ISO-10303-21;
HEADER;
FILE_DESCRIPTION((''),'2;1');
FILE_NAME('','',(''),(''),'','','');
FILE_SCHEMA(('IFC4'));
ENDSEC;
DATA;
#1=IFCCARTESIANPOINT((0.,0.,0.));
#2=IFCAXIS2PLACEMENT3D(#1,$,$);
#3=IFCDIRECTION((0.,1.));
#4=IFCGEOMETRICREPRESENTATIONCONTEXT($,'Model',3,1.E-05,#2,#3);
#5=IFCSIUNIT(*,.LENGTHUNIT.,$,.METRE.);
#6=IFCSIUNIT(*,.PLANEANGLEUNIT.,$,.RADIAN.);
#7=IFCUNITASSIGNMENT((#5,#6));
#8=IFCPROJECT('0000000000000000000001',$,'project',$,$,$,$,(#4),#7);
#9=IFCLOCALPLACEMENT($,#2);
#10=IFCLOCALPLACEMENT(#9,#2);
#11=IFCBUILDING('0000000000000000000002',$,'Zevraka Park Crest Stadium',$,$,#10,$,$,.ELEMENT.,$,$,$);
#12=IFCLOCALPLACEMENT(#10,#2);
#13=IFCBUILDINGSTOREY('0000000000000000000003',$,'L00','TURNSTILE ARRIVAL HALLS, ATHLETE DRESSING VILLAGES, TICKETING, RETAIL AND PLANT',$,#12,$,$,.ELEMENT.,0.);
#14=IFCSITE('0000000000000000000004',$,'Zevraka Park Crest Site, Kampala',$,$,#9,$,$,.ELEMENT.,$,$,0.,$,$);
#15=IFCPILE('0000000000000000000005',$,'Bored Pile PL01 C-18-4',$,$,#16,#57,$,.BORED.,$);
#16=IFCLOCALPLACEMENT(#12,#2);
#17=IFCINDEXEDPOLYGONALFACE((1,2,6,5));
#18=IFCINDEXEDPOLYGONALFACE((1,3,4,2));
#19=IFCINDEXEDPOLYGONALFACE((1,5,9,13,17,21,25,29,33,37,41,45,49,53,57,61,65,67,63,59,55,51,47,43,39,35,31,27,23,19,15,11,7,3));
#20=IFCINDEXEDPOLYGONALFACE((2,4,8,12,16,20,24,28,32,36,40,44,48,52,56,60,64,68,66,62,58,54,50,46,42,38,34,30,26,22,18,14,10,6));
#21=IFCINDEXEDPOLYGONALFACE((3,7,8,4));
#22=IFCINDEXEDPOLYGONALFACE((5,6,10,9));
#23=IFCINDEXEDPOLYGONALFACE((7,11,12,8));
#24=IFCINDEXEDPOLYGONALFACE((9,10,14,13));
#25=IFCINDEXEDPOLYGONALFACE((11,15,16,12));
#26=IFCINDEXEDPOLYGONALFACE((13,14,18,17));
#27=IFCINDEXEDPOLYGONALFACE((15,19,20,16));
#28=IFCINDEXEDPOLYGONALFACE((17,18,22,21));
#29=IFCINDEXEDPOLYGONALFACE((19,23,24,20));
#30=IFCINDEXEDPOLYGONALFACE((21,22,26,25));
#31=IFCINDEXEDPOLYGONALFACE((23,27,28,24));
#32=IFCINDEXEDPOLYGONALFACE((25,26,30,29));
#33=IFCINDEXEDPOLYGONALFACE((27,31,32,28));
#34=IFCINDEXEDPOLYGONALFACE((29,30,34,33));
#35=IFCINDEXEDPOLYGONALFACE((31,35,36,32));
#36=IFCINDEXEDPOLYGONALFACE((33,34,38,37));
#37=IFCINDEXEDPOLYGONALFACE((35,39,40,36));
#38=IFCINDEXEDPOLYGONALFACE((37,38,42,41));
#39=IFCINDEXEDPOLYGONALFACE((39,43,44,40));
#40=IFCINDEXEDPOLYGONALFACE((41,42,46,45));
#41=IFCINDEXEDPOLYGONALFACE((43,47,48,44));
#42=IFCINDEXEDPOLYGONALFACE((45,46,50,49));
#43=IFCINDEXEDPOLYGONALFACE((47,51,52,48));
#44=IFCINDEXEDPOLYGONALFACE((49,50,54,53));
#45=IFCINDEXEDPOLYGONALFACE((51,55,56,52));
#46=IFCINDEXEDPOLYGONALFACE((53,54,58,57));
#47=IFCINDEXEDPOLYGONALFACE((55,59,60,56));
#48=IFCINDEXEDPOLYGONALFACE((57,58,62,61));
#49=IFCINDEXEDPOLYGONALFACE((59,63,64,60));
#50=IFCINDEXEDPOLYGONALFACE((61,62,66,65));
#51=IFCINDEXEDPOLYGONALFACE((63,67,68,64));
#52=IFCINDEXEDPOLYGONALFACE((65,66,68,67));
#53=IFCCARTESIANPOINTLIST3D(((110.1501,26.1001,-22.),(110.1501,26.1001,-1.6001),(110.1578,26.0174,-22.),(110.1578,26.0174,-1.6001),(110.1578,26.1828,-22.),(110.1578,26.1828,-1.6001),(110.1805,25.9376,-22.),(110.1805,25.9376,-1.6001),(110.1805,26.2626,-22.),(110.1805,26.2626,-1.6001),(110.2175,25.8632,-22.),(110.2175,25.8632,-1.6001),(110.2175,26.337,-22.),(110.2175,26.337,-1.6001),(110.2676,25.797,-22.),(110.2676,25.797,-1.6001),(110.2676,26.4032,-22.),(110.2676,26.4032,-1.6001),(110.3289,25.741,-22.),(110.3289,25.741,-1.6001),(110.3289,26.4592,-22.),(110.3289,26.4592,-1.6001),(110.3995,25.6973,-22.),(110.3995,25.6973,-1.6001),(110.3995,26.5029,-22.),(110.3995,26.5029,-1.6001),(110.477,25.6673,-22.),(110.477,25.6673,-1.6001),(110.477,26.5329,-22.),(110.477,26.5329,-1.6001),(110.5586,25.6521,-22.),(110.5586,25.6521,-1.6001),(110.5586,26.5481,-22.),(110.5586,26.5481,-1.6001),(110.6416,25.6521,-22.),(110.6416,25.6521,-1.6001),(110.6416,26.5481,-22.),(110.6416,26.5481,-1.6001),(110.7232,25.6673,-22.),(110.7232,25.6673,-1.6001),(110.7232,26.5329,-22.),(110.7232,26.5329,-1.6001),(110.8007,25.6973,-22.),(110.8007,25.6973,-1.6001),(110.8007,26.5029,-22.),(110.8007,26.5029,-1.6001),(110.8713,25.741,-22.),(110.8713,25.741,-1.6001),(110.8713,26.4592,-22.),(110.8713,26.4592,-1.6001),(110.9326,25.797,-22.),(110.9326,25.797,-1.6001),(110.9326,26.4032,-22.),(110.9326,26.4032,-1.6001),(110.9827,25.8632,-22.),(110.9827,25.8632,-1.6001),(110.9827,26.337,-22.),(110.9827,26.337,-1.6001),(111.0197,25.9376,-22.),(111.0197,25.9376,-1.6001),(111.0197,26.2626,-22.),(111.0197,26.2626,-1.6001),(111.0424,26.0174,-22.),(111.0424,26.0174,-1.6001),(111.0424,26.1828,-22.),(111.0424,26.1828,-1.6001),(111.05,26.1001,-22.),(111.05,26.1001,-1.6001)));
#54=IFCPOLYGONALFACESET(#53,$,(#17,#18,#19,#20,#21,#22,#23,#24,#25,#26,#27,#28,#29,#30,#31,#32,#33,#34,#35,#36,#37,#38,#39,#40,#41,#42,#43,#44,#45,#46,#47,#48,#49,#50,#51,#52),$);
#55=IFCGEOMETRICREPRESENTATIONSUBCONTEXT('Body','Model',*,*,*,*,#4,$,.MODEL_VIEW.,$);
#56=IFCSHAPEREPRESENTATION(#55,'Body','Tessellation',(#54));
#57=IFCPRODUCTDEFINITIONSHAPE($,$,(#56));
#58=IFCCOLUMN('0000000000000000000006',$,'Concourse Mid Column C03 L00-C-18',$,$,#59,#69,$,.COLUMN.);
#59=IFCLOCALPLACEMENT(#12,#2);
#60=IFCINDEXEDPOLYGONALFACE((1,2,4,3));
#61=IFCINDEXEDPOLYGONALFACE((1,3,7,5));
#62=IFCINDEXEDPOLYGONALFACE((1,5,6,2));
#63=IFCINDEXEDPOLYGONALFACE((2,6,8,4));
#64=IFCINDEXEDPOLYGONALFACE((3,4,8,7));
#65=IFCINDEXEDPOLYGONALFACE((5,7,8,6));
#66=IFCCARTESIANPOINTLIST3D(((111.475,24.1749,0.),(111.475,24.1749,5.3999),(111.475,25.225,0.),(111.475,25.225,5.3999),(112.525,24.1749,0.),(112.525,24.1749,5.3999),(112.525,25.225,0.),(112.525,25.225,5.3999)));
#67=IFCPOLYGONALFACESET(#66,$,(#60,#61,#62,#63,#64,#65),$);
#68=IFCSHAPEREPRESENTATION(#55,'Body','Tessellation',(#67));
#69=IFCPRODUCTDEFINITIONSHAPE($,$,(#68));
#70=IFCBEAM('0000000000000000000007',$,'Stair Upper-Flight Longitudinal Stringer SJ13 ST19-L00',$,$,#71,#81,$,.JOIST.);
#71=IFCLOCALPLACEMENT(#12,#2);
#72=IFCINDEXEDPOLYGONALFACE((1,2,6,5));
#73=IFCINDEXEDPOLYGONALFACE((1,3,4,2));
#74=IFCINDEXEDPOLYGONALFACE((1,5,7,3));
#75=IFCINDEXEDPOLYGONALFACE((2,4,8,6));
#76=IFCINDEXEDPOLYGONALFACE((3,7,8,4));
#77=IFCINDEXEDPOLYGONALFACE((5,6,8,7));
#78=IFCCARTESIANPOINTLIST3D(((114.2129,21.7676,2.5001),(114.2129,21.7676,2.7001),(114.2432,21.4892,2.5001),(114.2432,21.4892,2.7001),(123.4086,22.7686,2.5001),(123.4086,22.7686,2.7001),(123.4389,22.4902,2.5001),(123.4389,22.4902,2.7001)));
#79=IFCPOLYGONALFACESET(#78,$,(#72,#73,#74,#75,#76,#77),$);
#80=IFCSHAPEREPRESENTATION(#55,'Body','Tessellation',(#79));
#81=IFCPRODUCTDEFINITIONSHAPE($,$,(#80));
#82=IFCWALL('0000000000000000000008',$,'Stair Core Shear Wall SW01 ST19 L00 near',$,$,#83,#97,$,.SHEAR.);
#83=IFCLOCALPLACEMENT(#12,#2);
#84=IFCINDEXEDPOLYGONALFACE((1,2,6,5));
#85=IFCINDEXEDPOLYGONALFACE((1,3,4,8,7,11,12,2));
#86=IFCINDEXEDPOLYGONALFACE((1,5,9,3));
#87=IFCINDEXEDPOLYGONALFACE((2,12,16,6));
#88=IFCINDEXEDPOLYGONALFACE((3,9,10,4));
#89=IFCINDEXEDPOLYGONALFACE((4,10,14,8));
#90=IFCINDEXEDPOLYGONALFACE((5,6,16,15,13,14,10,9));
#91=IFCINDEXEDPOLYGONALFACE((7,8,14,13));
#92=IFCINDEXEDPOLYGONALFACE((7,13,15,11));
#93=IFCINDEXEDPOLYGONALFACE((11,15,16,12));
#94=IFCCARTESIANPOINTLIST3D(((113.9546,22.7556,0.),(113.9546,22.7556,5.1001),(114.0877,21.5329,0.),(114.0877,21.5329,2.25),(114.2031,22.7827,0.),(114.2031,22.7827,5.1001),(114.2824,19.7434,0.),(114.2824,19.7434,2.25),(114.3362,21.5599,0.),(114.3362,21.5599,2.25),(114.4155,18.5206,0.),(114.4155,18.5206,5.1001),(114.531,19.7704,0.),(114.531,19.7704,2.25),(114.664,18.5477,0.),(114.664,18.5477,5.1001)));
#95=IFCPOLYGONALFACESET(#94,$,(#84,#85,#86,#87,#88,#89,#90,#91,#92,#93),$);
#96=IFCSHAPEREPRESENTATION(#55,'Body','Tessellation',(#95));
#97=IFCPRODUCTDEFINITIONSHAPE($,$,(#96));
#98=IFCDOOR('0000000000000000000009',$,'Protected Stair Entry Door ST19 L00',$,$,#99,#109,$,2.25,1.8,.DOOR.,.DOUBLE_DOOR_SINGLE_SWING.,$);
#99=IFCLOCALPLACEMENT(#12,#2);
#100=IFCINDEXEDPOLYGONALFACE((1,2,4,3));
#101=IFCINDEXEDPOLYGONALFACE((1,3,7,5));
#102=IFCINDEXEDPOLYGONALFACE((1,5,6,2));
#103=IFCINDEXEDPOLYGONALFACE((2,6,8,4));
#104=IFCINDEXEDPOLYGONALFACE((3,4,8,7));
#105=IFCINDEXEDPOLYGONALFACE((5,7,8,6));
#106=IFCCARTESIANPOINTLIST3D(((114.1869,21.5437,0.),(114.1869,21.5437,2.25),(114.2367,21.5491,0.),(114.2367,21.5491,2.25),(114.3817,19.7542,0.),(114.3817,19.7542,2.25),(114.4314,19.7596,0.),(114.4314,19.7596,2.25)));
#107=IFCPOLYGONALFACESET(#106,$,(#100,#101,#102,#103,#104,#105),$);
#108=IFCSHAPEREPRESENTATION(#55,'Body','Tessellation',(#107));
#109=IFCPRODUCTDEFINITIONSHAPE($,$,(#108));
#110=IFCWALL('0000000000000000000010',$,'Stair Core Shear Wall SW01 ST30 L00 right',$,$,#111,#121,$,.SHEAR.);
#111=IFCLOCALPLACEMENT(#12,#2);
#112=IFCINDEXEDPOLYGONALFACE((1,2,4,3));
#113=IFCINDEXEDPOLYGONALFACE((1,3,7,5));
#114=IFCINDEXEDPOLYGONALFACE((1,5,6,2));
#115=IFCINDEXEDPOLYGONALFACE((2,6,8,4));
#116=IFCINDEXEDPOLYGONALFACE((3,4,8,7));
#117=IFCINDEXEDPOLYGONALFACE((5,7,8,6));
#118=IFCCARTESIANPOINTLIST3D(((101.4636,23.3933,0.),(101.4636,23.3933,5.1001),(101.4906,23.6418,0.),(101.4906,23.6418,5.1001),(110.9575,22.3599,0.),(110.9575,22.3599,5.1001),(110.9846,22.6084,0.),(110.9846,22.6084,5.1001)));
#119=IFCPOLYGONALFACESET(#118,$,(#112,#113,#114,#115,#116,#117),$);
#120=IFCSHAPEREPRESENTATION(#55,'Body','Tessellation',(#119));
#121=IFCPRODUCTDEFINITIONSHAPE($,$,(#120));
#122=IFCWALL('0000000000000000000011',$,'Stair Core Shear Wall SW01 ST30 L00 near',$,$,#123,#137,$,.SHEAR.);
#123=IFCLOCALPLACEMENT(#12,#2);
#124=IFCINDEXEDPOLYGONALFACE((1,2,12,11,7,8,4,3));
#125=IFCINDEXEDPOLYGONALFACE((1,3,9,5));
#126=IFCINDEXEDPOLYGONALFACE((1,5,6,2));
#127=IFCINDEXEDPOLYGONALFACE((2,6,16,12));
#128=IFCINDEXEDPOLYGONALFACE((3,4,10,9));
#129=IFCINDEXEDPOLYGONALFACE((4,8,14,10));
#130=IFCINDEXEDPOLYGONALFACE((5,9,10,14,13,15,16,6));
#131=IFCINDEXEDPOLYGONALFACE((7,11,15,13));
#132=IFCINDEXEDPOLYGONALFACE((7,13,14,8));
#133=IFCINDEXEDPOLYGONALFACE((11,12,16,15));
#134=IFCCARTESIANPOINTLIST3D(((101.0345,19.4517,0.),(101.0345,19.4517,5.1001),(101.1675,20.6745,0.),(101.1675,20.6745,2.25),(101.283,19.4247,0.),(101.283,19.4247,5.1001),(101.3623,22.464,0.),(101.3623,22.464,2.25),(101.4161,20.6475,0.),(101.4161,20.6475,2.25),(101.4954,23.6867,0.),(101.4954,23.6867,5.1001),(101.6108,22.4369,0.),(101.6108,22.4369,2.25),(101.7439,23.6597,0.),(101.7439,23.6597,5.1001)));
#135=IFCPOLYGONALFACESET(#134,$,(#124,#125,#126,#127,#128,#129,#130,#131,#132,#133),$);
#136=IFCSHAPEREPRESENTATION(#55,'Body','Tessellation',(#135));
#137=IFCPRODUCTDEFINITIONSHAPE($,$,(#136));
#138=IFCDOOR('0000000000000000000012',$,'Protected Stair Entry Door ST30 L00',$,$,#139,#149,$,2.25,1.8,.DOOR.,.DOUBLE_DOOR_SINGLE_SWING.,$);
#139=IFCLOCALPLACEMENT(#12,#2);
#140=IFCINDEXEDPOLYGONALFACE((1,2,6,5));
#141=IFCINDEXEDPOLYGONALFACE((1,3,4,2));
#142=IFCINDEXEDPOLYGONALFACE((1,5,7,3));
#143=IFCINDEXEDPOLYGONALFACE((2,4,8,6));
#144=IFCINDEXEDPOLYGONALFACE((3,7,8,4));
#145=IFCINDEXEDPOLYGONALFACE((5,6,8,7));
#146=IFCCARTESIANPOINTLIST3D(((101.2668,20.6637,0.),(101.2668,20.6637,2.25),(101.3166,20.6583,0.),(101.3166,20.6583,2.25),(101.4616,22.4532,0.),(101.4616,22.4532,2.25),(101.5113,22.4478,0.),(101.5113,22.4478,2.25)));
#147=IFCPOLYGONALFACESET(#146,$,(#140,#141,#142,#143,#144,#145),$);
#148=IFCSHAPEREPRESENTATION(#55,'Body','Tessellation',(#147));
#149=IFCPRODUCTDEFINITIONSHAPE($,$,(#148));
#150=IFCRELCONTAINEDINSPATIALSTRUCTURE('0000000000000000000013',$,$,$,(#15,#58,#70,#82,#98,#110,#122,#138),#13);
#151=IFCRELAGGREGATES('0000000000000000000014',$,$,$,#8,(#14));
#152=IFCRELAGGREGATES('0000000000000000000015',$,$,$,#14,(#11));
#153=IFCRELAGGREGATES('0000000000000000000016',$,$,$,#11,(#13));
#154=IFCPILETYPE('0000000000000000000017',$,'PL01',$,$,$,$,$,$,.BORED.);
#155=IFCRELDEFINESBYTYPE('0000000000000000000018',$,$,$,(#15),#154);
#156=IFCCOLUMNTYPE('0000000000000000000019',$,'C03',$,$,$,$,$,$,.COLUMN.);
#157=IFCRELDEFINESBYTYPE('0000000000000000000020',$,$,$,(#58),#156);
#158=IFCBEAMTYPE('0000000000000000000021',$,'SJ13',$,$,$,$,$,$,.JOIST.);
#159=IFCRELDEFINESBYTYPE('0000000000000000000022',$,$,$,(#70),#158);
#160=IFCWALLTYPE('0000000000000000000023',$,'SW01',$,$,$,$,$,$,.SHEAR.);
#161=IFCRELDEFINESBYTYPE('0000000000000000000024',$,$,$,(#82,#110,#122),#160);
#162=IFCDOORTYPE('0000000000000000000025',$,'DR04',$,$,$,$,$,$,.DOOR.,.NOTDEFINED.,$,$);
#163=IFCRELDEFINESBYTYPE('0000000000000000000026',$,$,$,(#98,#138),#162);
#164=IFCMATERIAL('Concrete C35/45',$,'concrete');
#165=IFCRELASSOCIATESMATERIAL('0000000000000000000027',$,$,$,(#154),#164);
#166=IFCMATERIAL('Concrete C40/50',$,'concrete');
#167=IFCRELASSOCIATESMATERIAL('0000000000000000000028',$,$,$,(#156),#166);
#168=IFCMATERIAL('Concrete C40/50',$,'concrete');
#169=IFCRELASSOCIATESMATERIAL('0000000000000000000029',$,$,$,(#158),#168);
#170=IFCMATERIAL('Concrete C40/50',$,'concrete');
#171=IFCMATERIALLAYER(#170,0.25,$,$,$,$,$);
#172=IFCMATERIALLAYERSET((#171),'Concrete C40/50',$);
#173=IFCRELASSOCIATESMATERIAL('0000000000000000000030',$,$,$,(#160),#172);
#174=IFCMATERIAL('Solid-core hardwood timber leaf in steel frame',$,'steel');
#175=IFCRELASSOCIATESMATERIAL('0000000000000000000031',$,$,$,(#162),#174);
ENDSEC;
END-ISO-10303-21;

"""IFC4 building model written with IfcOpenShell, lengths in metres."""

from ifc_helpers import new_model, si_unit, direction, frame, frame_2d, origin, origin_2d, place, context, subcontext, project, spatial, rectangle, circle, extrude, material, layer, layer_set, material_profile, profile_set, type_object, element, fill, save


model = new_model("IFC4")

# Units and contexts
model_context = context("Model", 3, precision=1e-05, world=origin(), true_north=direction((0.0, 1.0)))
body_context = subcontext(model_context, "Body", "Model", "MODEL_VIEW")
ifc_project = project(units=[si_unit("LENGTHUNIT", "METRE"), si_unit("PLANEANGLEUNIT", "RADIAN")], contexts=[model_context])

# Site, building, storey
site_placement = place(None, origin())
site = spatial("IfcSite", under=ifc_project, at=site_placement, Name="Zevraka Park Crest Site, Kampala", CompositionType="ELEMENT", RefElevation=0.0)
building_placement = place(site_placement, origin())
building = spatial("IfcBuilding", under=site, at=building_placement, Name="Zevraka Park Crest Stadium", CompositionType="ELEMENT")
storey_placement = place(building_placement, origin())
storey = spatial("IfcBuildingStorey", under=building, at=storey_placement, Name="L00", Description="TURNSTILE ARRIVAL HALLS, ATHLETE DRESSING VILLAGES, TICKETING, RETAIL AND PLANT", CompositionType="ELEMENT", Elevation=0.0)

# Pile
ifc_material_1 = material(Name="Concrete C35/45", Category="concrete")
ifc_material_profile_1 = material_profile(ifc_material_1, circle(Radius=0.45, at=origin_2d()), Name="PILE D900")
ifc_profile_set_1 = profile_set([ifc_material_profile_1], Name="Concrete C35/45")
pile_type = type_object("IfcPileType", Name="PL01", PredefinedType="BORED", material=ifc_profile_set_1)
for number, where, z_axis, x_axis, name in (
    (1, (110.6001, 26.1001, -1.6001), (0.0, 0.0, -1.0), (1.0, 0.0, 0.0), "Bored Pile PL01 C-18-4"),
):
    element("IfcPile", number, at=place(storey_placement, frame(where, z_axis=z_axis, x_axis=x_axis)), inside=storey, type_object=pile_type, Name=name, PredefinedType="BORED", context=body_context, shape_type="SweptSolid", body=[
        extrude(circle(Radius=0.45, at=origin_2d()), origin(), (0.0, 0.0, 1.0), 20.3999),
    ])

# Column
ifc_material_2 = material(Name="Concrete C40/50", Category="concrete")
ifc_material_profile_2 = material_profile(ifc_material_2, rectangle(XDim=1.05, YDim=1.05, at=origin_2d()), Name="RC 1050x1050")
ifc_profile_set_2 = profile_set([ifc_material_profile_2], Name="Concrete C40/50")
column_type = type_object("IfcColumnType", Name="C03", PredefinedType="COLUMN", material=ifc_profile_set_2)
column_placement = place(storey_placement, frame((112.0, 24.7, 0.0), z_axis=(0.0, 0.0, 1.0), x_axis=(0.0, 1.0, 0.0)))
element("IfcColumn", 2, at=column_placement, inside=storey, type_object=column_type, Name="Concourse Mid Column C03 L00-C-18", PredefinedType="COLUMN", context=body_context, shape_type="SweptSolid", body=[
    extrude(rectangle(XDim=1.05, YDim=1.05, at=origin_2d()), origin(), (0.0, 0.0, 1.0), 5.3999),
])

# Beam
ifc_material_3 = material(Name="Concrete C40/50", Category="concrete")
ifc_material_profile_3 = material_profile(ifc_material_3, rectangle(XDim=0.28, YDim=0.2, at=origin_2d()), Name="RC 200x280")
ifc_profile_set_3 = profile_set([ifc_material_profile_3], Name="Concrete C40/50")
beam_type = type_object("IfcBeamType", Name="SJ13", PredefinedType="JOIST", material=ifc_profile_set_3)
beam_placement = place(storey_placement, frame((114.228, 21.6284, 2.6001), z_axis=(0.994128, 0.108212, 0.0), x_axis=(-0.108212, 0.994128, 0.0)))
element("IfcBeam", 3, at=beam_placement, inside=storey, type_object=beam_type, Name="Stair Upper-Flight Longitudinal Stringer SJ13 ST19-L00", PredefinedType="JOIST", context=body_context, shape_type="SweptSolid", body=[
    extrude(rectangle(XDim=0.28, YDim=0.2, at=origin_2d()), origin(), (0.0, 0.0, 1.0), 9.25),
])

# Wall, opening, door
ifc_material_4 = material(Name="Concrete C40/50", Category="concrete")
ifc_layer = layer(ifc_material_4, 0.25)
ifc_layer_set = layer_set([ifc_layer], Name="Concrete C40/50")
wall_type = type_object("IfcWallType", Name="SW01", PredefinedType="SHEAR", material=ifc_layer_set)
wall_1_placement = place(storey_placement, frame((114.0789, 22.769, 0.0), z_axis=(0.0, 0.0, 1.0), x_axis=(0.108198, -0.994129, 0.0)))
wall_1 = element("IfcWall", 4, at=wall_1_placement, inside=storey, type_object=wall_type, Name="Stair Core Shear Wall SW01 ST19 L00 near", PredefinedType="SHEAR", context=body_context, shape_type="SweptSolid", body=[
    extrude(rectangle(XDim=4.26, YDim=0.25, at=frame_2d((2.1299, 0.0))), origin(), (0.0, 0.0, 1.0), 5.1001),
])
opening_1_placement = place(wall_1_placement, frame((1.23, 0.0, 0.0)))
opening_1 = element("IfcOpeningElement", 5, at=opening_1_placement, cuts=wall_1, PredefinedType="OPENING", context=body_context, shape_type="SweptSolid", body=[
    extrude(rectangle(XDim=1.8, YDim=2.25, at=frame_2d((0.8999, 1.125))), frame((0.0, 0.135, 0.0), z_axis=(0.0, -1.0, 0.0), x_axis=(1.0, 0.0, 0.0)), (0.0, 0.0, 1.0), 0.27),
])
ifc_material_5 = material(Name="Solid-core hardwood timber leaf in steel frame", Category="steel")
door_type = type_object("IfcDoorType", Name="DR04", OperationType="NOTDEFINED", PredefinedType="DOOR", material=ifc_material_5)
door_1_placement = place(opening_1_placement, origin())
door_1 = element("IfcDoor", 6, at=door_1_placement, inside=storey, type_object=door_type, Name="Protected Stair Entry Door ST19 L00", OperationType="DOUBLE_DOOR_SINGLE_SWING", OverallHeight=2.25, OverallWidth=1.8, PredefinedType="DOOR", context=body_context, shape_type="SweptSolid", body=[
    extrude(rectangle(XDim=1.8, YDim=2.25, at=frame_2d((0.8999, 1.125))), frame((0.0, 0.0249, 0.0), z_axis=(0.0, -1.0, 0.0), x_axis=(1.0, 0.0, 0.0)), (0.0, 0.0, 1.0), 0.05),
])
fill(opening_1, door_1)

# Wall
wall_2_placement = place(storey_placement, frame((110.9709, 22.4841, 0.0), z_axis=(0.0, 0.0, 1.0), x_axis=(-0.994128, 0.108215, 0.0)))
element("IfcWall", 7, at=wall_2_placement, inside=storey, type_object=wall_type, Name="Stair Core Shear Wall SW01 ST30 L00 right", PredefinedType="SHEAR", context=body_context, shape_type="SweptSolid", body=[
    extrude(rectangle(XDim=9.55, YDim=0.25, at=frame_2d((4.7749, 0.0))), origin(), (0.0, 0.0, 1.0), 5.1001),
])

# Wall, opening, door
wall_3_placement = place(storey_placement, frame((101.6196, 23.6731, 0.0), z_axis=(0.0, 0.0, 1.0), x_axis=(-0.108198, -0.994129, 0.0)))
wall_3 = element("IfcWall", 8, at=wall_3_placement, inside=storey, type_object=wall_type, Name="Stair Core Shear Wall SW01 ST30 L00 near", PredefinedType="SHEAR", context=body_context, shape_type="SweptSolid", body=[
    extrude(rectangle(XDim=4.26, YDim=0.25, at=frame_2d((2.1299, 0.0))), origin(), (0.0, 0.0, 1.0), 5.1001),
])
opening_2_placement = place(wall_3_placement, frame((1.23, 0.0, 0.0)))
opening_2 = element("IfcOpeningElement", 9, at=opening_2_placement, cuts=wall_3, PredefinedType="OPENING", context=body_context, shape_type="SweptSolid", body=[
    extrude(rectangle(XDim=1.8, YDim=2.25, at=frame_2d((0.8999, 1.125))), frame((0.0, 0.135, 0.0), z_axis=(0.0, -1.0, 0.0), x_axis=(1.0, 0.0, 0.0)), (0.0, 0.0, 1.0), 0.27),
])
door_2_placement = place(opening_2_placement, origin())
door_2 = element("IfcDoor", 10, at=door_2_placement, inside=storey, type_object=door_type, Name="Protected Stair Entry Door ST30 L00", OperationType="DOUBLE_DOOR_SINGLE_SWING", OverallHeight=2.25, OverallWidth=1.8, PredefinedType="DOOR", context=body_context, shape_type="SweptSolid", body=[
    extrude(rectangle(XDim=1.8, YDim=2.25, at=frame_2d((0.8999, 1.125))), frame((0.0, 0.0249, 0.0), z_axis=(0.0, -1.0, 0.0), x_axis=(1.0, 0.0, 0.0)), (0.0, 0.0, 1.0), 0.05),
])
fill(opening_2, door_2)

save(model, "model.ifc")
